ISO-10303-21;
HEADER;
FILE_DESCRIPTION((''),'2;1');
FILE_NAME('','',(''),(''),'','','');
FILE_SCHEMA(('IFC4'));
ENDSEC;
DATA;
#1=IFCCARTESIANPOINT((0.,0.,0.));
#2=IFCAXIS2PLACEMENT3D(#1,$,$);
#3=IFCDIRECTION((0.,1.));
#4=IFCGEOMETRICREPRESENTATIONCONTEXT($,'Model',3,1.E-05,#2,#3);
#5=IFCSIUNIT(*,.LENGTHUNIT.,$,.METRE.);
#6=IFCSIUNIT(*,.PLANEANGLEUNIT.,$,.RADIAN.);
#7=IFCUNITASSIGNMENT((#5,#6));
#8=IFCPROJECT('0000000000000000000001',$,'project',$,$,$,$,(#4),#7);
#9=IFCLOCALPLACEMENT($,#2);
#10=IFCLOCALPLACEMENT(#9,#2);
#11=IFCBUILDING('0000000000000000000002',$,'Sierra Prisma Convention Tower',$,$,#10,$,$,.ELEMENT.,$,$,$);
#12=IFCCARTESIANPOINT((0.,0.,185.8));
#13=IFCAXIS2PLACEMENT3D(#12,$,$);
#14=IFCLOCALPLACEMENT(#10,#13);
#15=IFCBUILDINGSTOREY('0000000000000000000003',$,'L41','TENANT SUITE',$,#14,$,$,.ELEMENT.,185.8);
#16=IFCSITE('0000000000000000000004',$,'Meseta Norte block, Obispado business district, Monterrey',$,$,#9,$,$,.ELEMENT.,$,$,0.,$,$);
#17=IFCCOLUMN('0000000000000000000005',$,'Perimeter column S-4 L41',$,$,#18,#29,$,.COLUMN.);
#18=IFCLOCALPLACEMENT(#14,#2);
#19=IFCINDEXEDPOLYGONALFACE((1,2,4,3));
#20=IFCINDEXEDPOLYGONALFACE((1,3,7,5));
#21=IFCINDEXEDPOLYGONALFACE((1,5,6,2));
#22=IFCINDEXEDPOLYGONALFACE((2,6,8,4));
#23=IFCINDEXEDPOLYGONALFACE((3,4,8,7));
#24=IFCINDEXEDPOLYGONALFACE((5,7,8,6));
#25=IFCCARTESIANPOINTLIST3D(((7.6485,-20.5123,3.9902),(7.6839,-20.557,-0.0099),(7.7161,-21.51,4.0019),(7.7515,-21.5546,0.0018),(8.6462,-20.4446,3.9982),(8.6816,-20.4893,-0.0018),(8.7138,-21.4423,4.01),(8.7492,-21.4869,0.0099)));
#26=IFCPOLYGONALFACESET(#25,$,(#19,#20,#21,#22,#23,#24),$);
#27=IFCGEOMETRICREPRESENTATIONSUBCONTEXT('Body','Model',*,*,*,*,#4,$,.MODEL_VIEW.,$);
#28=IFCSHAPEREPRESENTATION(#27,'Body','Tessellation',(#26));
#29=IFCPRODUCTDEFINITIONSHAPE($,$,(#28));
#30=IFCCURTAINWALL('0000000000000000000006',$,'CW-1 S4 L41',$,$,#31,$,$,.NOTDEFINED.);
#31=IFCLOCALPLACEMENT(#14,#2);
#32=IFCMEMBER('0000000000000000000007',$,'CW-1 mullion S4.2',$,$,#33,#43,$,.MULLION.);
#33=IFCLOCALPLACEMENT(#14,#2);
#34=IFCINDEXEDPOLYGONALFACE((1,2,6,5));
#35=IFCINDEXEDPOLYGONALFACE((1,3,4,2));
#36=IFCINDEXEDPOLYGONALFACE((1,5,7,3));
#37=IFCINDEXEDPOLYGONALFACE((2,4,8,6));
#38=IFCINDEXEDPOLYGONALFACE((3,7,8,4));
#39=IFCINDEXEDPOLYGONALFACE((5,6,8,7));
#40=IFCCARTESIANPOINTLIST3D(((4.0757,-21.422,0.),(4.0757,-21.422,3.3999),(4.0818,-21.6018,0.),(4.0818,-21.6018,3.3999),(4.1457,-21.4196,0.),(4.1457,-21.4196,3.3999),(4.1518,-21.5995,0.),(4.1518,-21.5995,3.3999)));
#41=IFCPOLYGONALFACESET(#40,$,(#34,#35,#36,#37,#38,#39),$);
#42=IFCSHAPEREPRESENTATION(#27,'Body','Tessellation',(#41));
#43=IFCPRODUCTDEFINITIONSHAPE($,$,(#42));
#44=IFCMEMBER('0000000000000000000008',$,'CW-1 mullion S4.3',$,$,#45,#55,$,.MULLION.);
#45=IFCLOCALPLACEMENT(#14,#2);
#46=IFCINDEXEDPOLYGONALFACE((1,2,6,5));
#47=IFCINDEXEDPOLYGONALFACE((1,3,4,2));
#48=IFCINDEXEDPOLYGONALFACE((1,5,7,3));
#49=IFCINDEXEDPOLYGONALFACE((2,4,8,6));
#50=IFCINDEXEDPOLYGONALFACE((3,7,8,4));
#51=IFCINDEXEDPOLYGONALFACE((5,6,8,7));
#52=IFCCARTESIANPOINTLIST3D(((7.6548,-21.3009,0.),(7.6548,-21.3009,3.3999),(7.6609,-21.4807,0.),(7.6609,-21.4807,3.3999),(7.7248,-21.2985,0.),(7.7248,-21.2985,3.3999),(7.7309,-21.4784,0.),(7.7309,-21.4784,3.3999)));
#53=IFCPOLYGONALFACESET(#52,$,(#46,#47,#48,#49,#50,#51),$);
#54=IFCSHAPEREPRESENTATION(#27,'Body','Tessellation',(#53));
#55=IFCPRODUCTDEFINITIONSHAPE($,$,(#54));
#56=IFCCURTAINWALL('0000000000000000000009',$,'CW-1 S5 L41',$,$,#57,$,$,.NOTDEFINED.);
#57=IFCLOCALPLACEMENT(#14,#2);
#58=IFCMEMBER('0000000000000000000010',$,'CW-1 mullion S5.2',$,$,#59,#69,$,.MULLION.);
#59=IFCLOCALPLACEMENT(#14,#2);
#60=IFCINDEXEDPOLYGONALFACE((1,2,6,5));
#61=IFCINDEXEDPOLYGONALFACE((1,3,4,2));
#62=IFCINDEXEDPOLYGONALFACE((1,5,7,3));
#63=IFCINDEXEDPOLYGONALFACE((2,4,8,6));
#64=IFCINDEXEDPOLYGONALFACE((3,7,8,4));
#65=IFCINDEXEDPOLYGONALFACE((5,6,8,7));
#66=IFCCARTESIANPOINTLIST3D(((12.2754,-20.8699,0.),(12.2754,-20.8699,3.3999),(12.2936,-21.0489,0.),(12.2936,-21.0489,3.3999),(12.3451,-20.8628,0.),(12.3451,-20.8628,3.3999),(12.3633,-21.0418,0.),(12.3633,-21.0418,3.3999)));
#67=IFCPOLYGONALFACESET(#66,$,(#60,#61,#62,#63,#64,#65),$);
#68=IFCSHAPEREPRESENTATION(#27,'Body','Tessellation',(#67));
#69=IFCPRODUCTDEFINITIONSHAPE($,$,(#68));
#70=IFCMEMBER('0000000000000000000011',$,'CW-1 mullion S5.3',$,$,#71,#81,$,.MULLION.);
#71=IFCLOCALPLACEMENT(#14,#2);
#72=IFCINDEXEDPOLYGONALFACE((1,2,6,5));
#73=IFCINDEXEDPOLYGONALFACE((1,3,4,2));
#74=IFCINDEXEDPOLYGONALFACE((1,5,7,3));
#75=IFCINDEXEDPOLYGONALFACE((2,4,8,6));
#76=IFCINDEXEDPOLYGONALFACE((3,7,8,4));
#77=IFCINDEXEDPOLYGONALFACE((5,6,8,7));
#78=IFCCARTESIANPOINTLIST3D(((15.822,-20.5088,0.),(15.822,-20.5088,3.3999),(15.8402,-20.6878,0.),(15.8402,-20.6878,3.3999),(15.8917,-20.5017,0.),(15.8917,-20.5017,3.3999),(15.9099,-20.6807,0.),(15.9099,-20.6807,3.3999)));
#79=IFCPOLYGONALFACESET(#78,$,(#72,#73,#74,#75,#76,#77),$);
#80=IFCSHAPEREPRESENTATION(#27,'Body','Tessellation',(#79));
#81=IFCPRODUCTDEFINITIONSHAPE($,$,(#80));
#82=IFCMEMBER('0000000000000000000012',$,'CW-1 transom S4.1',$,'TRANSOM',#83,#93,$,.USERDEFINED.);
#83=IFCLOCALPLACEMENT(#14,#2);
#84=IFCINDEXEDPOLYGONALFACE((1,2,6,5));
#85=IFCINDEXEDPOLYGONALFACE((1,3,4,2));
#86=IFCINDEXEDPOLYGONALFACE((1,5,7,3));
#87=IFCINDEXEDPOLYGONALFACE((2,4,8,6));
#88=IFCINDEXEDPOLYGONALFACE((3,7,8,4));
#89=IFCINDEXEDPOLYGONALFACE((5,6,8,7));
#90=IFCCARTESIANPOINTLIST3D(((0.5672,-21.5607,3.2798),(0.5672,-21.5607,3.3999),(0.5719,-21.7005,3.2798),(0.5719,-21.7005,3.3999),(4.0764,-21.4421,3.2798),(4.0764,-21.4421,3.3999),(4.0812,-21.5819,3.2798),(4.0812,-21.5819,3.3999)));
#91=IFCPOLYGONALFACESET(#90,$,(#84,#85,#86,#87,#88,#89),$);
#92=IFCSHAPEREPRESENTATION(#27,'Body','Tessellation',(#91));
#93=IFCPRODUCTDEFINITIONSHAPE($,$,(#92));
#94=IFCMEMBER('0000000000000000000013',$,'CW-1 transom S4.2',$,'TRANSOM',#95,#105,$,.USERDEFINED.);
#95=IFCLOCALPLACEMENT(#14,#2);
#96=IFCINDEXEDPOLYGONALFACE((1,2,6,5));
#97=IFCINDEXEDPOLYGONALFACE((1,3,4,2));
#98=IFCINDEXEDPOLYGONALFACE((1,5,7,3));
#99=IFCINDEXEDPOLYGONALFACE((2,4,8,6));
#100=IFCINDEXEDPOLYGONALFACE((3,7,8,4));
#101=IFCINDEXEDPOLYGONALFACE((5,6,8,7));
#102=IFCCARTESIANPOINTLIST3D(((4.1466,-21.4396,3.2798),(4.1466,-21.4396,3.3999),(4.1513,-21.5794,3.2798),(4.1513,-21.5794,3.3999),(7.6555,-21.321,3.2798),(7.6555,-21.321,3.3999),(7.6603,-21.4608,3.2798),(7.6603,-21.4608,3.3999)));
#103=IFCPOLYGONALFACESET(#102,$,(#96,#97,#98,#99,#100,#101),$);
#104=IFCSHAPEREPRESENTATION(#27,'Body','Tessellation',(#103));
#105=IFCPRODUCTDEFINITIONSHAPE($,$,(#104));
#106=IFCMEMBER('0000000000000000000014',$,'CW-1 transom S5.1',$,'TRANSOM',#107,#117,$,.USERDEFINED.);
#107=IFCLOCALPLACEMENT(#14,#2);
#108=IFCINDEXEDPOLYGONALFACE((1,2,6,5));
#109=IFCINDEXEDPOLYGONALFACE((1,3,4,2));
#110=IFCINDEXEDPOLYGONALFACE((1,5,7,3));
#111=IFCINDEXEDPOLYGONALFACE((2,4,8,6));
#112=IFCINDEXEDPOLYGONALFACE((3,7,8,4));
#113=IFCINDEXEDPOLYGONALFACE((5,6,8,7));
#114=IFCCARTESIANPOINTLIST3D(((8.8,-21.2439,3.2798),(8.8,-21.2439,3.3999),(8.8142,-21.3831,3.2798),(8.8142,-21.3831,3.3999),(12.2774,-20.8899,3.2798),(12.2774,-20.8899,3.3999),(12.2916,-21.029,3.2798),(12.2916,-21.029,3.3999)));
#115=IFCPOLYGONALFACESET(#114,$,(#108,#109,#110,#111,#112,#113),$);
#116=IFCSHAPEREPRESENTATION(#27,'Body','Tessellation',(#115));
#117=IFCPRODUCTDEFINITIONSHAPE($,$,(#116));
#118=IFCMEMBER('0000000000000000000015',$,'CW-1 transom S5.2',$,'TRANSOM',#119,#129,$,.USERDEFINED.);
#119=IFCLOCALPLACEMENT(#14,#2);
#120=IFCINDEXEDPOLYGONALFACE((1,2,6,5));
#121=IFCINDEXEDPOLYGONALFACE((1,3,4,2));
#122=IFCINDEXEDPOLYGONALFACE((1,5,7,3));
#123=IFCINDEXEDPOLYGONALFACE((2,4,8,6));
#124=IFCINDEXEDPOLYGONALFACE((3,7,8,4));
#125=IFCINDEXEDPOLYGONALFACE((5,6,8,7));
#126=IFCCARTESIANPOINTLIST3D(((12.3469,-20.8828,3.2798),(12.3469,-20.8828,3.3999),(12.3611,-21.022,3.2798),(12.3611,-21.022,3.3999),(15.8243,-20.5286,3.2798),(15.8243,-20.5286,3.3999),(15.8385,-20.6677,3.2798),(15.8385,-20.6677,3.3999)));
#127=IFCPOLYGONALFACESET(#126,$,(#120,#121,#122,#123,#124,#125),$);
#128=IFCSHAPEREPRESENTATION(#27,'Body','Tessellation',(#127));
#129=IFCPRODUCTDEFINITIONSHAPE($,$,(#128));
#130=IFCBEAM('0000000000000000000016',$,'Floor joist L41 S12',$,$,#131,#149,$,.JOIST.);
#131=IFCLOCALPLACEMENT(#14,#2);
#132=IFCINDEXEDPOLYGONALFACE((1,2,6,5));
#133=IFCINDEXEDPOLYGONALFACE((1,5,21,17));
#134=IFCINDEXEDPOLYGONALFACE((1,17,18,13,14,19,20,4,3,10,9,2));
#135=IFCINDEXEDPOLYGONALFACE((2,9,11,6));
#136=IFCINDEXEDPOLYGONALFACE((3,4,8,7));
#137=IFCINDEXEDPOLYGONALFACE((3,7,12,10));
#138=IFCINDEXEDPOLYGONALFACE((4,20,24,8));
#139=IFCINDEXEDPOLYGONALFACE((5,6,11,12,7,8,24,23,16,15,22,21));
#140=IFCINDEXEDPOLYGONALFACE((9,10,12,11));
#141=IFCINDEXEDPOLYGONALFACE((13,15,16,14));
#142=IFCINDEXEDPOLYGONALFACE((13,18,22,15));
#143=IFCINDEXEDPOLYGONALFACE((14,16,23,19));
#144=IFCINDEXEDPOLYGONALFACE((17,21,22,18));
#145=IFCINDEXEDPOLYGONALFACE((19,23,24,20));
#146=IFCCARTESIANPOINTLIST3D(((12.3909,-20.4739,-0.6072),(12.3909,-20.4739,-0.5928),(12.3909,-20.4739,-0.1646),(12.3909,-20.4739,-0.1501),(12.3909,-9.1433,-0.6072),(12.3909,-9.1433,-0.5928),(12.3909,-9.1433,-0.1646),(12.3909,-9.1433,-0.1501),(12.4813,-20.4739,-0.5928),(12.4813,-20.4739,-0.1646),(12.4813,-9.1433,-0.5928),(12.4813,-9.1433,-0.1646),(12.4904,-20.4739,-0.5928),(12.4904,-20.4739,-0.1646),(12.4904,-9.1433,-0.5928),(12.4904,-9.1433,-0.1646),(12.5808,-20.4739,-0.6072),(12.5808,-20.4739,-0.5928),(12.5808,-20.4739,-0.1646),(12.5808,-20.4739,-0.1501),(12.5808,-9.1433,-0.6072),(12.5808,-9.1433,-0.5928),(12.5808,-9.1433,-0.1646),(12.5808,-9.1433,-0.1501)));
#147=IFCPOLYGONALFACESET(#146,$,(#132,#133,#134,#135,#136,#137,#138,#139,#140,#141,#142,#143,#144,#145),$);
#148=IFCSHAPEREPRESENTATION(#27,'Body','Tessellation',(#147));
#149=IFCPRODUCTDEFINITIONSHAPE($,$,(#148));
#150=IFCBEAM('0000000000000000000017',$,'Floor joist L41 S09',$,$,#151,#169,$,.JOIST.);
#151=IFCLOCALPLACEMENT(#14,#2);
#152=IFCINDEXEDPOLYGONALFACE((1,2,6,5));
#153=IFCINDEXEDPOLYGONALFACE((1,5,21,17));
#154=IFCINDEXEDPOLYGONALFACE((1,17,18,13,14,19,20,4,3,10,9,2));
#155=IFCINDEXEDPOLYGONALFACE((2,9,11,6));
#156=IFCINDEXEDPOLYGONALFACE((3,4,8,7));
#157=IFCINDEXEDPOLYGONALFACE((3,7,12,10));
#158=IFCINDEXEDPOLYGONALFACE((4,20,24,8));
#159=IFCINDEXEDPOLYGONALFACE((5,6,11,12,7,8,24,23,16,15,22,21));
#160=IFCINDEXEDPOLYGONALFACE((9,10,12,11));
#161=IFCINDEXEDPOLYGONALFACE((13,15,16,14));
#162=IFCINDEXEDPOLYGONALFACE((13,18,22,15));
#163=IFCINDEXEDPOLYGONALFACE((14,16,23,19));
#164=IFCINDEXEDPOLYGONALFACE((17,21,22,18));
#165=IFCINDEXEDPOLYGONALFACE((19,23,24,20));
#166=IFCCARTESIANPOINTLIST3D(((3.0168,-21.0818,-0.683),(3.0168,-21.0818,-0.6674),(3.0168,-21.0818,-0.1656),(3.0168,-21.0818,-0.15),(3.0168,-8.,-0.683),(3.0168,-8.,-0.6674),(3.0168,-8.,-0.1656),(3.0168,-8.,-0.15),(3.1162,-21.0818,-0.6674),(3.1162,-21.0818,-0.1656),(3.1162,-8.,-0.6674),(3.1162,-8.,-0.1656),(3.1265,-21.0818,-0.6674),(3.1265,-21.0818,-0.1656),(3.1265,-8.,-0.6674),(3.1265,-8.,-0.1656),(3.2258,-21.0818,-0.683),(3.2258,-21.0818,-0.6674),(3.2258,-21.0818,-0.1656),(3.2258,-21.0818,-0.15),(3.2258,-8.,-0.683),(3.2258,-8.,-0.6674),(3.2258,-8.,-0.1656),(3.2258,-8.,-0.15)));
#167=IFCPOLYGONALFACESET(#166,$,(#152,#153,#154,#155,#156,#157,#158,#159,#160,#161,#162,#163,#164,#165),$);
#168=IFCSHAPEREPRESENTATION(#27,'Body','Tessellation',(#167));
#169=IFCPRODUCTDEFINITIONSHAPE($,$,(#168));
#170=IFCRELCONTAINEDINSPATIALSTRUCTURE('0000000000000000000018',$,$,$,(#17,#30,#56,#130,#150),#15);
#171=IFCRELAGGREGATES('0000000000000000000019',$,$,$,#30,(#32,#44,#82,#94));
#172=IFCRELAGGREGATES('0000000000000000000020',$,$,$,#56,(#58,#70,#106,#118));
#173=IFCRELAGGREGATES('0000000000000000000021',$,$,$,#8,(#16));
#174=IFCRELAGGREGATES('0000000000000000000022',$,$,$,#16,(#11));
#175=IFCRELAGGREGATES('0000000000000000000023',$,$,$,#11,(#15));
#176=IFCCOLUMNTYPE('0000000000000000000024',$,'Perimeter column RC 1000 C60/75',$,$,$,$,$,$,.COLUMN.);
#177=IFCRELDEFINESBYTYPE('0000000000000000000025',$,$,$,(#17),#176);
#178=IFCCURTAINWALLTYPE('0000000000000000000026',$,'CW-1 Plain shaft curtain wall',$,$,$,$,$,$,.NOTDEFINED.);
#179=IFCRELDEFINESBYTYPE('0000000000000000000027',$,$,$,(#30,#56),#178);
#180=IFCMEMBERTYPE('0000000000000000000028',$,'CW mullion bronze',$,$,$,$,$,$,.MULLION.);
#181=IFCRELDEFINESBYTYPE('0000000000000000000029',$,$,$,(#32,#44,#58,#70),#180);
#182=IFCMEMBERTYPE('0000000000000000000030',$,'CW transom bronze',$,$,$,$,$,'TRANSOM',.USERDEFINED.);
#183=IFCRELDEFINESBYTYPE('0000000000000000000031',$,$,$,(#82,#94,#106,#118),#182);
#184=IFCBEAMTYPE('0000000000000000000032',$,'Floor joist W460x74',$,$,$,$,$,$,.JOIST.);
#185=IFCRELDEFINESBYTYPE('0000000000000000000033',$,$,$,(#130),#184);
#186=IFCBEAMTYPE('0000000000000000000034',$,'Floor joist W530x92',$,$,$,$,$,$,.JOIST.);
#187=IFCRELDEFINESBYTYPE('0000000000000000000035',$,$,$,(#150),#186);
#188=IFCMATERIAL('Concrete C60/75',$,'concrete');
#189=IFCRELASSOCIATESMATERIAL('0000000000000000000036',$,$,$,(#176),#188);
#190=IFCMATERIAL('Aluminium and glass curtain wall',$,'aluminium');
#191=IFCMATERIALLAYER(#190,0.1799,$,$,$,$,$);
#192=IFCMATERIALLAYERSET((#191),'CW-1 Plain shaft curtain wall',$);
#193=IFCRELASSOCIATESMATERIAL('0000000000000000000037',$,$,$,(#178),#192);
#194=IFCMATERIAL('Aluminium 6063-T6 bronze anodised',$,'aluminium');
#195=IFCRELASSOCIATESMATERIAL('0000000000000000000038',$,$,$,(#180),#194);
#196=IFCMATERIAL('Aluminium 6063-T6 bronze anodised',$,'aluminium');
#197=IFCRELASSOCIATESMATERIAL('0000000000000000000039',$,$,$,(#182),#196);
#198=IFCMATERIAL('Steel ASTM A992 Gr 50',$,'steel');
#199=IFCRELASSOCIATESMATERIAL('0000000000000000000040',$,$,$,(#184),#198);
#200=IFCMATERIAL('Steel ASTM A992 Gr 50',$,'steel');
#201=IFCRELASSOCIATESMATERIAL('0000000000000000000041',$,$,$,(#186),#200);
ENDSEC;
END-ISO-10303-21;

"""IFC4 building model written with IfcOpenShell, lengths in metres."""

from ifc_helpers import new_model, si_unit, direction, frame, origin, origin_2d, place, context, subcontext, project, spatial, rectangle, i_section, extrude, material, layer, layer_set, material_profile, profile_set, type_object, element, aggregate, save


model = new_model("IFC4")

# Units and contexts
model_context = context("Model", 3, precision=1e-05, world=origin(), true_north=direction((0.0, 1.0)))
body_context = subcontext(model_context, "Body", "Model", "MODEL_VIEW")
ifc_project = project(units=[si_unit("LENGTHUNIT", "METRE"), si_unit("PLANEANGLEUNIT", "RADIAN")], contexts=[model_context])

# Site, building, storey
site_placement = place(None, origin())
site = spatial("IfcSite", under=ifc_project, at=site_placement, Name="Meseta Norte block, Obispado business district, Monterrey", CompositionType="ELEMENT", RefElevation=0.0)
building_placement = place(site_placement, origin())
building = spatial("IfcBuilding", under=site, at=building_placement, Name="Sierra Prisma Convention Tower", CompositionType="ELEMENT")
storey_placement = place(building_placement, frame((0.0, 0.0, 185.8)))
storey = spatial("IfcBuildingStorey", under=building, at=storey_placement, Name="L41", Description="TENANT SUITE", CompositionType="ELEMENT", Elevation=185.8)

# Column
ifc_material_1 = material(Name="Concrete C60/75", Category="concrete")
ifc_material_profile_1 = material_profile(ifc_material_1, rectangle(XDim=1.0, YDim=1.0, at=origin_2d()), Name="Perimeter column RC 1000 C60/75")
ifc_profile_set_1 = profile_set([ifc_material_profile_1], Name="Concrete C60/75")
column_type = type_object("IfcColumnType", Name="Perimeter column RC 1000 C60/75", PredefinedType="COLUMN", material=ifc_profile_set_1)
column_placement = place(storey_placement, frame((8.2166, -21.022, 0.0), z_axis=(-0.008849, 0.011168, 0.999898), x_axis=(0.997674, 0.06769, 0.008073)))
element("IfcColumn", 1, at=column_placement, inside=storey, type_object=column_type, Name="Perimeter column S-4 L41", PredefinedType="COLUMN", context=body_context, shape_type="SweptSolid", body=[
    extrude(rectangle(XDim=1.0, YDim=1.0, at=origin_2d()), origin(), (0.0, 0.0, 1.0), 4.0005),
])

# Curtain walls, members
ifc_material_2 = material(Name="Aluminium and glass curtain wall", Category="aluminium")
ifc_layer_1 = layer(ifc_material_2, 0.1799)
ifc_layer_set_1 = layer_set([ifc_layer_1], Name="CW-1 Plain shaft curtain wall")
curtain_wall_type = type_object("IfcCurtainWallType", Name="CW-1 Plain shaft curtain wall", PredefinedType="NOTDEFINED", material=ifc_layer_set_1)
curtain_wall_1_placement = place(storey_placement, origin())
curtain_wall_1 = element("IfcCurtainWall", 2, at=curtain_wall_1_placement, inside=storey, type_object=curtain_wall_type, Name="CW-1 S4 L41", PredefinedType="NOTDEFINED")
ifc_material_3 = material(Name="Aluminium 6063-T6 bronze anodised", Category="aluminium")
ifc_material_profile_2 = material_profile(ifc_material_3, rectangle(XDim=0.1799, YDim=0.0701, at=origin_2d()), Name="ALU MULLION 70x180")
ifc_profile_set_2 = profile_set([ifc_material_profile_2], Name="Aluminium 6063-T6 bronze anodised")
member_type_1 = type_object("IfcMemberType", Name="CW mullion bronze", PredefinedType="MULLION", material=ifc_profile_set_2)
member_1_placement = place(storey_placement, frame((4.1138, -21.5107, 0.0), z_axis=(0.0, 0.0, 1.0), x_axis=(-0.033817, 0.999428, 0.0)))
member_1 = element("IfcMember", 3, at=member_1_placement, type_object=member_type_1, Name="CW-1 mullion S4.2", PredefinedType="MULLION", context=body_context, shape_type="SweptSolid", body=[
    extrude(rectangle(XDim=0.1799, YDim=0.0701, at=origin_2d()), origin(), (0.0, 0.0, 1.0), 3.3999),
])
member_2_placement = place(storey_placement, frame((7.6929, -21.3896, 0.0), z_axis=(0.0, 0.0, 1.0), x_axis=(-0.033817, 0.999428, 0.0)))
member_2 = element("IfcMember", 4, at=member_2_placement, type_object=member_type_1, Name="CW-1 mullion S4.3", PredefinedType="MULLION", context=body_context, shape_type="SweptSolid", body=[
    extrude(rectangle(XDim=0.1799, YDim=0.0701, at=origin_2d()), origin(), (0.0, 0.0, 1.0), 3.3999),
])
curtain_wall_2_placement = place(storey_placement, origin())
curtain_wall_2 = element("IfcCurtainWall", 5, at=curtain_wall_2_placement, inside=storey, type_object=curtain_wall_type, Name="CW-1 S5 L41", PredefinedType="NOTDEFINED")
member_3_placement = place(storey_placement, frame((12.3193, -20.9558, 0.0), z_axis=(0.0, 0.0, 1.0), x_axis=(-0.101297, 0.994856, 0.0)))
member_3 = element("IfcMember", 6, at=member_3_placement, type_object=member_type_1, Name="CW-1 mullion S5.2", PredefinedType="MULLION", context=body_context, shape_type="SweptSolid", body=[
    extrude(rectangle(XDim=0.1799, YDim=0.0701, at=origin_2d()), origin(), (0.0, 0.0, 1.0), 3.3999),
])
member_4_placement = place(storey_placement, frame((15.866, -20.5947, 0.0), z_axis=(0.0, 0.0, 1.0), x_axis=(-0.101297, 0.994856, 0.0)))
member_4 = element("IfcMember", 7, at=member_4_placement, type_object=member_type_1, Name="CW-1 mullion S5.3", PredefinedType="MULLION", context=body_context, shape_type="SweptSolid", body=[
    extrude(rectangle(XDim=0.1799, YDim=0.0701, at=origin_2d()), origin(), (0.0, 0.0, 1.0), 3.3999),
])

# Members
ifc_material_4 = material(Name="Aluminium 6063-T6 bronze anodised", Category="aluminium")
ifc_material_profile_3 = material_profile(ifc_material_4, rectangle(XDim=0.1399, YDim=0.1201, at=origin_2d()), Name="ALU TRANSOM 120x140")
ifc_profile_set_3 = profile_set([ifc_material_profile_3], Name="Aluminium 6063-T6 bronze anodised")
member_type_2 = type_object("IfcMemberType", Name="CW transom bronze", ElementType="TRANSOM", PredefinedType="USERDEFINED", material=ifc_profile_set_3)
member_5_placement = place(storey_placement, frame((0.5696, -21.6306, 3.3398), z_axis=(0.999429, 0.033792, 0.0), x_axis=(-0.033792, 0.999429, 0.0)))
member_5 = element("IfcMember", 8, at=member_5_placement, type_object=member_type_2, Name="CW-1 transom S4.1", ObjectType="TRANSOM", PredefinedType="USERDEFINED", context=body_context, shape_type="SweptSolid", body=[
    extrude(rectangle(XDim=0.1399, YDim=0.1201, at=origin_2d()), origin(), (0.0, 0.0, 1.0), 3.5112),
])
member_6_placement = place(storey_placement, frame((4.1489, -21.5095, 3.3398), z_axis=(0.999429, 0.033794, 0.0), x_axis=(-0.033794, 0.999429, 0.0)))
member_6 = element("IfcMember", 9, at=member_6_placement, type_object=member_type_2, Name="CW-1 transom S4.2", ObjectType="TRANSOM", PredefinedType="USERDEFINED", context=body_context, shape_type="SweptSolid", body=[
    extrude(rectangle(XDim=0.1399, YDim=0.1201, at=origin_2d()), origin(), (0.0, 0.0, 1.0), 3.511),
])
member_7_placement = place(storey_placement, frame((8.8071, -21.3135, 3.3398), z_axis=(0.994858, 0.101281, 0.0), x_axis=(-0.101281, 0.994858, 0.0)))
member_7 = element("IfcMember", 10, at=member_7_placement, type_object=member_type_2, Name="CW-1 transom S5.1", ObjectType="TRANSOM", PredefinedType="USERDEFINED", context=body_context, shape_type="SweptSolid", body=[
    extrude(rectangle(XDim=0.1399, YDim=0.1201, at=origin_2d()), origin(), (0.0, 0.0, 1.0), 3.4954),
])
member_8_placement = place(storey_placement, frame((12.354, -20.9524, 3.3398), z_axis=(0.994851, 0.10135, 0.0), x_axis=(-0.10135, 0.994851, 0.0)))
member_8 = element("IfcMember", 11, at=member_8_placement, type_object=member_type_2, Name="CW-1 transom S5.2", ObjectType="TRANSOM", PredefinedType="USERDEFINED", context=body_context, shape_type="SweptSolid", body=[
    extrude(rectangle(XDim=0.1399, YDim=0.1201, at=origin_2d()), origin(), (0.0, 0.0, 1.0), 3.4954),
])

# Beams
ifc_material_5 = material(Name="Steel ASTM A992 Gr 50", Category="steel")
ifc_material_profile_4 = material_profile(ifc_material_5, i_section(OverallWidth=0.1899, OverallDepth=0.457, WebThickness=0.009, FlangeThickness=0.0144, at=origin_2d()), Name="W460x74")
ifc_profile_set_4 = profile_set([ifc_material_profile_4], Name="Steel ASTM A992 Gr 50")
beam_type_1 = type_object("IfcBeamType", Name="Floor joist W460x74", PredefinedType="JOIST", material=ifc_profile_set_4)
beam_1_placement = place(storey_placement, frame((12.4858, -20.4739, -0.3787), z_axis=(0.0, 1.0, 0.0), x_axis=(-1.0, 0.0, 0.0)))
element("IfcBeam", 12, at=beam_1_placement, inside=storey, type_object=beam_type_1, Name="Floor joist L41 S12", PredefinedType="JOIST", context=body_context, shape_type="SweptSolid", body=[
    extrude(i_section(OverallWidth=0.1899, OverallDepth=0.457, WebThickness=0.009, FlangeThickness=0.0144, at=origin_2d()), origin(), (0.0, 0.0, 1.0), 11.3306),
])
ifc_material_6 = material(Name="Steel ASTM A992 Gr 50", Category="steel")
ifc_material_profile_5 = material_profile(ifc_material_6, i_section(OverallWidth=0.209, OverallDepth=0.533, WebThickness=0.0103, FlangeThickness=0.0156, at=origin_2d()), Name="W530x92")
ifc_profile_set_5 = profile_set([ifc_material_profile_5], Name="Steel ASTM A992 Gr 50")
beam_type_2 = type_object("IfcBeamType", Name="Floor joist W530x92", PredefinedType="JOIST", material=ifc_profile_set_5)
beam_2_placement = place(storey_placement, frame((3.1213, -21.0818, -0.4165), z_axis=(0.0, 1.0, 0.0), x_axis=(-1.0, 0.0, 0.0)))
element("IfcBeam", 13, at=beam_2_placement, inside=storey, type_object=beam_type_2, Name="Floor joist L41 S09", PredefinedType="JOIST", context=body_context, shape_type="SweptSolid", body=[
    extrude(i_section(OverallWidth=0.209, OverallDepth=0.533, WebThickness=0.0103, FlangeThickness=0.0156, at=origin_2d()), origin(), (0.0, 0.0, 1.0), 13.0818),
])

aggregate(curtain_wall_1, [member_1, member_2, member_5, member_6])
aggregate(curtain_wall_2, [member_3, member_4, member_7, member_8])

save(model, "model.ifc")
